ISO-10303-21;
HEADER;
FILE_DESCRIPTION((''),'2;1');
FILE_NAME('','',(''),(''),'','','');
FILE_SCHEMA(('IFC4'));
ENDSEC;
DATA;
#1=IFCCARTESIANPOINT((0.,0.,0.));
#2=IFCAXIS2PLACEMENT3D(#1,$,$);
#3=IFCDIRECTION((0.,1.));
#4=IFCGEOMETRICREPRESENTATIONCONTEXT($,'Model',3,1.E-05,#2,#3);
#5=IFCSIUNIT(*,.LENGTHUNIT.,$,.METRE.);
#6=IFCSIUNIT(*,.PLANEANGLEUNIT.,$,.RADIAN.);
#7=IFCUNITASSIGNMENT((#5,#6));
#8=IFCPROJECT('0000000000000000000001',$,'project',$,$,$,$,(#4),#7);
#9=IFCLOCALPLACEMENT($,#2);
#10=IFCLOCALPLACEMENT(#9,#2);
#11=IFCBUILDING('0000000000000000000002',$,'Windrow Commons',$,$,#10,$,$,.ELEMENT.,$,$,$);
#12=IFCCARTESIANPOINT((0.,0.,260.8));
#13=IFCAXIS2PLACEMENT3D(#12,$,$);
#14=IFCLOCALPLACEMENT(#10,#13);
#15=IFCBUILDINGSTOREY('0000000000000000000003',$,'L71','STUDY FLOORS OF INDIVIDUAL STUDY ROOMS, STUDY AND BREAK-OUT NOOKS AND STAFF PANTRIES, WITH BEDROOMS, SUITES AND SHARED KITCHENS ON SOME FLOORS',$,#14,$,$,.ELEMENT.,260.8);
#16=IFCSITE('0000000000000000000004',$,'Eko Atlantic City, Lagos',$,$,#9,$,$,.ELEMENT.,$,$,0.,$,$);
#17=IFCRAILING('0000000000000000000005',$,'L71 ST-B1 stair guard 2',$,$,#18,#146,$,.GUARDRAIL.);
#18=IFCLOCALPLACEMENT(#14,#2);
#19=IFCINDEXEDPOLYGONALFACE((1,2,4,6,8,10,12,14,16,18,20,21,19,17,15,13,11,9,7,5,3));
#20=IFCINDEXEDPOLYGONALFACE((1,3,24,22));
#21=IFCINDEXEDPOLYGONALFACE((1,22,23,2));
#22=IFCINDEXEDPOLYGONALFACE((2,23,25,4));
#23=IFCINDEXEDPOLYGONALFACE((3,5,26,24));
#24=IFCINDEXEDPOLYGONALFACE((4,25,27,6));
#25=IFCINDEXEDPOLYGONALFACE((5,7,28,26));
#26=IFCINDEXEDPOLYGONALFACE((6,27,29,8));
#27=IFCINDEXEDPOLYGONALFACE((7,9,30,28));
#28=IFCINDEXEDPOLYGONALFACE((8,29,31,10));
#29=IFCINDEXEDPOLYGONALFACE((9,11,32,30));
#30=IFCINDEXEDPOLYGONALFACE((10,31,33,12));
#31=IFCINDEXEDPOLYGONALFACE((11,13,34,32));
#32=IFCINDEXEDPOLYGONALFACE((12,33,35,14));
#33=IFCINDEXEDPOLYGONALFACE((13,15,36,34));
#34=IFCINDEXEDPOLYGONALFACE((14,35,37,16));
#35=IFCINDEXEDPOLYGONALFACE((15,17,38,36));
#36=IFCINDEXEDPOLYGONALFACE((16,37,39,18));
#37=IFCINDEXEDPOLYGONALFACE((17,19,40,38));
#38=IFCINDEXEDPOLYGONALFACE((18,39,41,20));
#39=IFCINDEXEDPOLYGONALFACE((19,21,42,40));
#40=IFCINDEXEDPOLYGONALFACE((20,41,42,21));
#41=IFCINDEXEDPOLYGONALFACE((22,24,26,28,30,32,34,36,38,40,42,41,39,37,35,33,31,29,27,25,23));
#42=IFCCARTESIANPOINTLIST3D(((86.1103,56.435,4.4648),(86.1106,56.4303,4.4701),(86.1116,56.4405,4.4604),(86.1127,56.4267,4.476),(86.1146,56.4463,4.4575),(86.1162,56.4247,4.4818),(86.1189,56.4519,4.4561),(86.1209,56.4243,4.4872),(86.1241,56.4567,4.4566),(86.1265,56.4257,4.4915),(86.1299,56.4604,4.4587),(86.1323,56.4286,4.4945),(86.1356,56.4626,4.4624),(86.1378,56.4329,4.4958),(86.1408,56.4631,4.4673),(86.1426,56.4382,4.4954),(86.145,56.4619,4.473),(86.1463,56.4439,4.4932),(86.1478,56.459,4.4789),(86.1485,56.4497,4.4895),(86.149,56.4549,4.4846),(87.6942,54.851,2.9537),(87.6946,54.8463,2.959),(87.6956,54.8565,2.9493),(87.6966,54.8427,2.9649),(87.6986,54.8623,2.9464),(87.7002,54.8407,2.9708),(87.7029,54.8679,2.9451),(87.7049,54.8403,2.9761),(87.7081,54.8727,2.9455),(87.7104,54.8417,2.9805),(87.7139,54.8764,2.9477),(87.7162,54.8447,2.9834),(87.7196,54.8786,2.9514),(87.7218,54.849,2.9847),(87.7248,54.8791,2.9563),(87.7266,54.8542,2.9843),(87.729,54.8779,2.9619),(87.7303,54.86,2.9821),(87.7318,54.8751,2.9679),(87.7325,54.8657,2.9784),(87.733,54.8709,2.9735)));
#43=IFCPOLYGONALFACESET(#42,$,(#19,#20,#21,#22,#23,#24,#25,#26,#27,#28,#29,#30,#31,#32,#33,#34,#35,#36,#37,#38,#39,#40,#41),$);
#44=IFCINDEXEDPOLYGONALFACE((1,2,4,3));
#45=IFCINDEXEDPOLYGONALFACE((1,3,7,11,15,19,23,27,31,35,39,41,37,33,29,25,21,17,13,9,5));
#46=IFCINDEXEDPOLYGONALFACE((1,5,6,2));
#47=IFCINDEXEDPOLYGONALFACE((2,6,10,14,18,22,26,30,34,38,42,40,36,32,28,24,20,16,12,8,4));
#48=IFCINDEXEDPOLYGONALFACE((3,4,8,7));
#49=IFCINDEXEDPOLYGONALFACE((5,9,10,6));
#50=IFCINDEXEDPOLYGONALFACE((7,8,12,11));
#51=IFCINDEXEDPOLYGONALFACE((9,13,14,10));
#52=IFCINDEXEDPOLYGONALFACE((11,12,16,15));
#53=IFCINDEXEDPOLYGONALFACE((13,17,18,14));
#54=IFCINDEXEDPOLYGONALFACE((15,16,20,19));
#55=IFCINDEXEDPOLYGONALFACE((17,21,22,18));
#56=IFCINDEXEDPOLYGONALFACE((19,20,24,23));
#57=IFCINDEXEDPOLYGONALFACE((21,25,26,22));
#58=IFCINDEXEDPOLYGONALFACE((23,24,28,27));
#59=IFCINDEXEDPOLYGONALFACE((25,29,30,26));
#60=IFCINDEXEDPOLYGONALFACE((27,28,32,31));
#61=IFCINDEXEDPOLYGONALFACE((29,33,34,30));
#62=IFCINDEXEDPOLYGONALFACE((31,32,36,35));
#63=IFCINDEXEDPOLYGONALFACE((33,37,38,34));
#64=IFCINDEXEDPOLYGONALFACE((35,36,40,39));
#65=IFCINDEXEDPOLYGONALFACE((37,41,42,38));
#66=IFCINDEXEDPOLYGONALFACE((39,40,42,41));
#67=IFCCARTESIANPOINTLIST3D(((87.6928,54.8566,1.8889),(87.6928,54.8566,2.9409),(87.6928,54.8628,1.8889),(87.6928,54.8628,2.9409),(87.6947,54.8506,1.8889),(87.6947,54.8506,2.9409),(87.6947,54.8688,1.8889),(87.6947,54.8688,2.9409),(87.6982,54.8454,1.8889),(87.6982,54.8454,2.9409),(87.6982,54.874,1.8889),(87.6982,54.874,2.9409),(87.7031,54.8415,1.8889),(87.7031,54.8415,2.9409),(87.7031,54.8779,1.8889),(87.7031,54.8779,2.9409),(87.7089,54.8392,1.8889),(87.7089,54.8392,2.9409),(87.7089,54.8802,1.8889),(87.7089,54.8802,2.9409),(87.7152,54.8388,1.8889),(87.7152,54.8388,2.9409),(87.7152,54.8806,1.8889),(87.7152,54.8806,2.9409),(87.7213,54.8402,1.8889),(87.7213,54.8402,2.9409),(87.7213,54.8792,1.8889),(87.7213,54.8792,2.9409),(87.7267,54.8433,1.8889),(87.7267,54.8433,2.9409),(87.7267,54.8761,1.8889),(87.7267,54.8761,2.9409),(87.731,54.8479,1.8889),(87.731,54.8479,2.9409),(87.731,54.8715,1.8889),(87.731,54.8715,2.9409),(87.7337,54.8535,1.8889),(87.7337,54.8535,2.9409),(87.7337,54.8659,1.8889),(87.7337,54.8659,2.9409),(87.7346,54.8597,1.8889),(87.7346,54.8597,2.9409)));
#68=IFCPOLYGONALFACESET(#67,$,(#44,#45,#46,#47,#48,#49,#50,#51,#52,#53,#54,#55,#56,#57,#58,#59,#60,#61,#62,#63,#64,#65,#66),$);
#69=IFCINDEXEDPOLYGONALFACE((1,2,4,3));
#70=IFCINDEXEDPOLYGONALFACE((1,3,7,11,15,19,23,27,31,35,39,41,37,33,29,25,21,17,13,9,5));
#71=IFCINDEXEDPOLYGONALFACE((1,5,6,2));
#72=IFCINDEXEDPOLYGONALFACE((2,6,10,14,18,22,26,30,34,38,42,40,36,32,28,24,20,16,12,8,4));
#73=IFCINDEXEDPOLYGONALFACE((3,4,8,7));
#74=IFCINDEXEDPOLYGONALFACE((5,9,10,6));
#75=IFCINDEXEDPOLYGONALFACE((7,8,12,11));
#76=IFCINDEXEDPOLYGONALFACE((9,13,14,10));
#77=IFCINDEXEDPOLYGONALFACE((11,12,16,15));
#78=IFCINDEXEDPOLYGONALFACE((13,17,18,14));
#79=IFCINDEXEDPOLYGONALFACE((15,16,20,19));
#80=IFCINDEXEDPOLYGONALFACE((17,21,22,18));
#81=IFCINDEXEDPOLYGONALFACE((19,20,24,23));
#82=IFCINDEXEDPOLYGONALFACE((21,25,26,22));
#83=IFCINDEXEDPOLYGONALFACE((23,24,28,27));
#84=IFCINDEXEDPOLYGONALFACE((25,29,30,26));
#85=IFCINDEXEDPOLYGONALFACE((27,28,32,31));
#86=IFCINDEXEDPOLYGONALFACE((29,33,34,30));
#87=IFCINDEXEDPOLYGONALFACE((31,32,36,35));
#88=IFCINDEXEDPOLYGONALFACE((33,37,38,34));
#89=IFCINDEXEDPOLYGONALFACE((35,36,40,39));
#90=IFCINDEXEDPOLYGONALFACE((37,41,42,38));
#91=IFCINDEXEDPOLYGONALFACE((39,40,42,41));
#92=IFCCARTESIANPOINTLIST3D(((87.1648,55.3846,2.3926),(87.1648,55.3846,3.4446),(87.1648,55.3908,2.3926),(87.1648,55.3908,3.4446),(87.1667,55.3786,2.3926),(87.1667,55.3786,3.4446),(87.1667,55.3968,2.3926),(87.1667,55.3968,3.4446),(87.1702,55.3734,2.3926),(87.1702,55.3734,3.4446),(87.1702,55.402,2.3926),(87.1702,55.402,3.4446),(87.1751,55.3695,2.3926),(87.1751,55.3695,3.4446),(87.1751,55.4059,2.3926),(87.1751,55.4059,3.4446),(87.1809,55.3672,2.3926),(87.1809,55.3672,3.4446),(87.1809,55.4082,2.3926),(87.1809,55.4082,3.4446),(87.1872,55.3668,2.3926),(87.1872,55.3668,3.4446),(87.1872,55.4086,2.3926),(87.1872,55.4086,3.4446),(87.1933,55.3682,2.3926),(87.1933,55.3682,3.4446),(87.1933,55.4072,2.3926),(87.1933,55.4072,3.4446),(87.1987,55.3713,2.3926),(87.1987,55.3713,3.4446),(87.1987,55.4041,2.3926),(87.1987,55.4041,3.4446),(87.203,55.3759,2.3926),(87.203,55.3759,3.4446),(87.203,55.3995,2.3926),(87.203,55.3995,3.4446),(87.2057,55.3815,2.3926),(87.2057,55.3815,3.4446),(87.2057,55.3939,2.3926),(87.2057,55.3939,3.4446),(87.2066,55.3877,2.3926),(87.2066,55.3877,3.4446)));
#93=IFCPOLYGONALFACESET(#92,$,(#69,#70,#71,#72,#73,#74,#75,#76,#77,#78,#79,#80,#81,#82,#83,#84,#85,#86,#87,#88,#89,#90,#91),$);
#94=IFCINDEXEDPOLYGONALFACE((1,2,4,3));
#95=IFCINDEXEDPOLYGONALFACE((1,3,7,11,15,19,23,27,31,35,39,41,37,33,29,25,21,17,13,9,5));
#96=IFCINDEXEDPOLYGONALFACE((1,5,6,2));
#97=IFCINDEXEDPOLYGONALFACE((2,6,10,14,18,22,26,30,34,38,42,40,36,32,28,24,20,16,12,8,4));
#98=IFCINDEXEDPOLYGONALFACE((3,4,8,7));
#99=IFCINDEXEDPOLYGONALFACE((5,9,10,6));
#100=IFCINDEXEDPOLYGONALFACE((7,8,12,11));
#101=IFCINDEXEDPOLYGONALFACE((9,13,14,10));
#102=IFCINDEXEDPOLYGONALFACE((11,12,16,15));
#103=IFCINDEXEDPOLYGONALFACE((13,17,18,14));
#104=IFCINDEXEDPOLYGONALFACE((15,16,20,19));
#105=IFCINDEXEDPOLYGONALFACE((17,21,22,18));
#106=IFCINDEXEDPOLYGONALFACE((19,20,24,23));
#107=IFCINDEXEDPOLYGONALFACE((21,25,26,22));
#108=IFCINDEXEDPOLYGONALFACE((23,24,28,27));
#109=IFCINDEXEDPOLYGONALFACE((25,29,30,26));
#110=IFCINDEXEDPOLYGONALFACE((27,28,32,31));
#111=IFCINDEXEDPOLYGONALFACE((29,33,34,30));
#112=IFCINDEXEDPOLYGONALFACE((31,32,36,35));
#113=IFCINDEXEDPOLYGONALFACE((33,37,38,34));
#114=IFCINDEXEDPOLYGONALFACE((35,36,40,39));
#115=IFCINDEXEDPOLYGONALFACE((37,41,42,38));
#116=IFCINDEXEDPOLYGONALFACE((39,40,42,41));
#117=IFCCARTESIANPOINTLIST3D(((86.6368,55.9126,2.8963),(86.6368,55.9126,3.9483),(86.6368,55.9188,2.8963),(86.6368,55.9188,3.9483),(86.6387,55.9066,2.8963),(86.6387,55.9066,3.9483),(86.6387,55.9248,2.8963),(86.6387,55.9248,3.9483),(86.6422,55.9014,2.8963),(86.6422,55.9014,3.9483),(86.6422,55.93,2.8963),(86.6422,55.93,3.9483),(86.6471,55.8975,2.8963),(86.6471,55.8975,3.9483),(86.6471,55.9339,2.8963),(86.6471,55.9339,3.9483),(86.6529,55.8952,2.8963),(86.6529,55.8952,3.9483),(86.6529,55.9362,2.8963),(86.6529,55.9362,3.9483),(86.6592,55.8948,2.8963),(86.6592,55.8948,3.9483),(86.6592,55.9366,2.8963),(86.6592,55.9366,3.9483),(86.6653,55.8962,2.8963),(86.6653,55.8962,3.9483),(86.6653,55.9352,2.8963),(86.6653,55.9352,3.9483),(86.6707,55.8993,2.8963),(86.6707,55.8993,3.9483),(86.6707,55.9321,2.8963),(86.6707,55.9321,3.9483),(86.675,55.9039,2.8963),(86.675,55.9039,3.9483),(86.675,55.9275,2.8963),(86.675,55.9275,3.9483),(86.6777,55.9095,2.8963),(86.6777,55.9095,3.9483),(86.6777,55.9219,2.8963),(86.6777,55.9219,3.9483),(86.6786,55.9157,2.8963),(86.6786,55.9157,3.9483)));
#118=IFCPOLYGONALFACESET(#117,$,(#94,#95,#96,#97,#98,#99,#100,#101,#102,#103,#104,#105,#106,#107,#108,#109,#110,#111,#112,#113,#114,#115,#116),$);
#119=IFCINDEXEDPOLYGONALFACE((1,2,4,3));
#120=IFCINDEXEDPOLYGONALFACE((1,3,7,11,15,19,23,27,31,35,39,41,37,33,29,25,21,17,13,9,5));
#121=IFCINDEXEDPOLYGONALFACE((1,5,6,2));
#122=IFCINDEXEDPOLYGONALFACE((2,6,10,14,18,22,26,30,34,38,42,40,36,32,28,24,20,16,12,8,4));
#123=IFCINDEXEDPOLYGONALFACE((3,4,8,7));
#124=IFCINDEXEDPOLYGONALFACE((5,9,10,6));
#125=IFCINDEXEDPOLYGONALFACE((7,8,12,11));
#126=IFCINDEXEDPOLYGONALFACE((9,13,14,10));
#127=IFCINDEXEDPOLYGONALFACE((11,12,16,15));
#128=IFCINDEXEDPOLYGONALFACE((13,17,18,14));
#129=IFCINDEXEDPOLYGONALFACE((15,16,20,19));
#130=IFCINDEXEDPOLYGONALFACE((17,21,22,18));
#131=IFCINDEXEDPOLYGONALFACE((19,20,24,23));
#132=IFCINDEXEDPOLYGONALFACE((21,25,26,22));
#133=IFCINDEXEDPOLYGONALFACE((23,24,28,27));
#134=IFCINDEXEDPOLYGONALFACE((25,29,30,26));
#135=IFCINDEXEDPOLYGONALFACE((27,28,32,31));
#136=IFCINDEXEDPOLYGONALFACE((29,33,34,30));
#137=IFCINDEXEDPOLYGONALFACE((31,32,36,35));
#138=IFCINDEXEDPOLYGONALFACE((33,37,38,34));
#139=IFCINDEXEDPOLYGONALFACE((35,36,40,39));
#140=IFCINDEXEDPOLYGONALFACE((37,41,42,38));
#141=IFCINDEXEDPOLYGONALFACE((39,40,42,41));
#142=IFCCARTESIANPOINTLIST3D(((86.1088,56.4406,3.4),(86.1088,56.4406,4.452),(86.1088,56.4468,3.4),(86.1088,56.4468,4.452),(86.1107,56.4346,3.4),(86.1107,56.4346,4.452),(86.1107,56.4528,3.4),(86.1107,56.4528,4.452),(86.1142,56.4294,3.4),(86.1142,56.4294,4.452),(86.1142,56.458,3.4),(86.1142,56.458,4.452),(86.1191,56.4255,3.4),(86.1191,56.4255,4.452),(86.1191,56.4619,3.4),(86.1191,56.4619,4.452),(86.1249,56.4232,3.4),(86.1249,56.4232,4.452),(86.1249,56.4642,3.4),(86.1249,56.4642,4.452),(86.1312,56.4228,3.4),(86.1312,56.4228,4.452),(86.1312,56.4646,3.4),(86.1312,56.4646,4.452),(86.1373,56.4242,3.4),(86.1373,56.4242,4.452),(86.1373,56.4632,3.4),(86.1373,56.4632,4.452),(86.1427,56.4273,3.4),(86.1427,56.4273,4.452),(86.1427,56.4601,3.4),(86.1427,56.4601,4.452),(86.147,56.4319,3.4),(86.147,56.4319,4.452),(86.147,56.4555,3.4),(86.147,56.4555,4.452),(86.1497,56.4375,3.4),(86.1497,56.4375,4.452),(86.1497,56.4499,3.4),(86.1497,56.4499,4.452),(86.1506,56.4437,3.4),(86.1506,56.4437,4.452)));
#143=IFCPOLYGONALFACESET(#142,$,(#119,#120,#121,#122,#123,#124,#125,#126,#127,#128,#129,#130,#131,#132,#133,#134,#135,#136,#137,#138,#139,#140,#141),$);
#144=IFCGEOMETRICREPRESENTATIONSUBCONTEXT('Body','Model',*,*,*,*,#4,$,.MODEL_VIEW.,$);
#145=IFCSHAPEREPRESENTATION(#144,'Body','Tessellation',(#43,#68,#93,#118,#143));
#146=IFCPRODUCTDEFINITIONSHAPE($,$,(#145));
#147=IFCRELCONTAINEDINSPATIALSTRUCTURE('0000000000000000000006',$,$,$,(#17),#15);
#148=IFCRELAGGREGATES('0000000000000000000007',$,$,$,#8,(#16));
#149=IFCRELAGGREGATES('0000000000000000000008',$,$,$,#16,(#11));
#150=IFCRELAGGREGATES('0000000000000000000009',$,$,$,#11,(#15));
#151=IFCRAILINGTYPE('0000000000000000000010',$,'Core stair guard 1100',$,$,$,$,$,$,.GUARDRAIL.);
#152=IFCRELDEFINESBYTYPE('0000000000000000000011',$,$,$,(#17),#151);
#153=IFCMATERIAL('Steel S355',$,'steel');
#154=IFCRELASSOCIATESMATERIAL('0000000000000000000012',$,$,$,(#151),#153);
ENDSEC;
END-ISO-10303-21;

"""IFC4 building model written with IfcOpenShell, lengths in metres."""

from ifc_helpers import new_model, si_unit, direction, frame, origin, origin_2d, place, context, subcontext, project, spatial, circle, extrude, material, type_object, element, save


model = new_model("IFC4")

# Units and contexts
model_context = context("Model", 3, precision=1e-05, world=origin(), true_north=direction((0.0, 1.0)))
body_context = subcontext(model_context, "Body", "Model", "MODEL_VIEW")
ifc_project = project(units=[si_unit("LENGTHUNIT", "METRE"), si_unit("PLANEANGLEUNIT", "RADIAN")], contexts=[model_context])

# Site, building, storey
site_placement = place(None, origin())
site = spatial("IfcSite", under=ifc_project, at=site_placement, Name="Eko Atlantic City, Lagos", CompositionType="ELEMENT", RefElevation=0.0)
building_placement = place(site_placement, origin())
building = spatial("IfcBuilding", under=site, at=building_placement, Name="Windrow Commons", CompositionType="ELEMENT")
storey_placement = place(building_placement, frame((0.0, 0.0, 260.8)))
storey = spatial("IfcBuildingStorey", under=building, at=storey_placement, Name="L71", Description="STUDY FLOORS OF INDIVIDUAL STUDY ROOMS, STUDY AND BREAK-OUT NOOKS AND STAFF PANTRIES, WITH BEDROOMS, SUITES AND SHARED KITCHENS ON SOME FLOORS", CompositionType="ELEMENT", Elevation=260.8)

# Railing
ifc_material_1 = material(Name="Steel S355", Category="steel")
railing_type_1 = type_object("IfcRailingType", Name="Core stair guard 1100", PredefinedType="GUARDRAIL", material=ifc_material_1)
railing_1_placement = place(storey_placement, frame((87.7136, 54.8597, 1.8889)))
element("IfcRailing", 1, at=railing_1_placement, inside=storey, type_object=railing_type_1, Name="L71 ST-B1 stair guard 2", PredefinedType="GUARDRAIL", context=body_context, shape_type="SweptSolid", body=[
    extrude(circle(Radius=0.024, at=origin_2d()), frame((0.0, 0.0, 1.076), z_axis=(-0.586203, 0.586203, 0.559224), x_axis=(-0.707107, -0.707107, 0.0)), (0.0, 0.0, 1.0), 2.7021),
    extrude(circle(Radius=0.021, at=origin_2d()), origin(), (0.0, 0.0, 1.0), 1.052),
    extrude(circle(Radius=0.021, at=origin_2d()), frame((-0.528, 0.528, 0.5037)), (0.0, 0.0, 1.0), 1.052),
    extrude(circle(Radius=0.021, at=origin_2d()), frame((-1.056, 1.056, 1.0074)), (0.0, 0.0, 1.0), 1.052),
    extrude(circle(Radius=0.021, at=origin_2d()), frame((-1.584, 1.584, 1.5111)), (0.0, 0.0, 1.0), 1.052),
])

save(model, "model.ifc")
